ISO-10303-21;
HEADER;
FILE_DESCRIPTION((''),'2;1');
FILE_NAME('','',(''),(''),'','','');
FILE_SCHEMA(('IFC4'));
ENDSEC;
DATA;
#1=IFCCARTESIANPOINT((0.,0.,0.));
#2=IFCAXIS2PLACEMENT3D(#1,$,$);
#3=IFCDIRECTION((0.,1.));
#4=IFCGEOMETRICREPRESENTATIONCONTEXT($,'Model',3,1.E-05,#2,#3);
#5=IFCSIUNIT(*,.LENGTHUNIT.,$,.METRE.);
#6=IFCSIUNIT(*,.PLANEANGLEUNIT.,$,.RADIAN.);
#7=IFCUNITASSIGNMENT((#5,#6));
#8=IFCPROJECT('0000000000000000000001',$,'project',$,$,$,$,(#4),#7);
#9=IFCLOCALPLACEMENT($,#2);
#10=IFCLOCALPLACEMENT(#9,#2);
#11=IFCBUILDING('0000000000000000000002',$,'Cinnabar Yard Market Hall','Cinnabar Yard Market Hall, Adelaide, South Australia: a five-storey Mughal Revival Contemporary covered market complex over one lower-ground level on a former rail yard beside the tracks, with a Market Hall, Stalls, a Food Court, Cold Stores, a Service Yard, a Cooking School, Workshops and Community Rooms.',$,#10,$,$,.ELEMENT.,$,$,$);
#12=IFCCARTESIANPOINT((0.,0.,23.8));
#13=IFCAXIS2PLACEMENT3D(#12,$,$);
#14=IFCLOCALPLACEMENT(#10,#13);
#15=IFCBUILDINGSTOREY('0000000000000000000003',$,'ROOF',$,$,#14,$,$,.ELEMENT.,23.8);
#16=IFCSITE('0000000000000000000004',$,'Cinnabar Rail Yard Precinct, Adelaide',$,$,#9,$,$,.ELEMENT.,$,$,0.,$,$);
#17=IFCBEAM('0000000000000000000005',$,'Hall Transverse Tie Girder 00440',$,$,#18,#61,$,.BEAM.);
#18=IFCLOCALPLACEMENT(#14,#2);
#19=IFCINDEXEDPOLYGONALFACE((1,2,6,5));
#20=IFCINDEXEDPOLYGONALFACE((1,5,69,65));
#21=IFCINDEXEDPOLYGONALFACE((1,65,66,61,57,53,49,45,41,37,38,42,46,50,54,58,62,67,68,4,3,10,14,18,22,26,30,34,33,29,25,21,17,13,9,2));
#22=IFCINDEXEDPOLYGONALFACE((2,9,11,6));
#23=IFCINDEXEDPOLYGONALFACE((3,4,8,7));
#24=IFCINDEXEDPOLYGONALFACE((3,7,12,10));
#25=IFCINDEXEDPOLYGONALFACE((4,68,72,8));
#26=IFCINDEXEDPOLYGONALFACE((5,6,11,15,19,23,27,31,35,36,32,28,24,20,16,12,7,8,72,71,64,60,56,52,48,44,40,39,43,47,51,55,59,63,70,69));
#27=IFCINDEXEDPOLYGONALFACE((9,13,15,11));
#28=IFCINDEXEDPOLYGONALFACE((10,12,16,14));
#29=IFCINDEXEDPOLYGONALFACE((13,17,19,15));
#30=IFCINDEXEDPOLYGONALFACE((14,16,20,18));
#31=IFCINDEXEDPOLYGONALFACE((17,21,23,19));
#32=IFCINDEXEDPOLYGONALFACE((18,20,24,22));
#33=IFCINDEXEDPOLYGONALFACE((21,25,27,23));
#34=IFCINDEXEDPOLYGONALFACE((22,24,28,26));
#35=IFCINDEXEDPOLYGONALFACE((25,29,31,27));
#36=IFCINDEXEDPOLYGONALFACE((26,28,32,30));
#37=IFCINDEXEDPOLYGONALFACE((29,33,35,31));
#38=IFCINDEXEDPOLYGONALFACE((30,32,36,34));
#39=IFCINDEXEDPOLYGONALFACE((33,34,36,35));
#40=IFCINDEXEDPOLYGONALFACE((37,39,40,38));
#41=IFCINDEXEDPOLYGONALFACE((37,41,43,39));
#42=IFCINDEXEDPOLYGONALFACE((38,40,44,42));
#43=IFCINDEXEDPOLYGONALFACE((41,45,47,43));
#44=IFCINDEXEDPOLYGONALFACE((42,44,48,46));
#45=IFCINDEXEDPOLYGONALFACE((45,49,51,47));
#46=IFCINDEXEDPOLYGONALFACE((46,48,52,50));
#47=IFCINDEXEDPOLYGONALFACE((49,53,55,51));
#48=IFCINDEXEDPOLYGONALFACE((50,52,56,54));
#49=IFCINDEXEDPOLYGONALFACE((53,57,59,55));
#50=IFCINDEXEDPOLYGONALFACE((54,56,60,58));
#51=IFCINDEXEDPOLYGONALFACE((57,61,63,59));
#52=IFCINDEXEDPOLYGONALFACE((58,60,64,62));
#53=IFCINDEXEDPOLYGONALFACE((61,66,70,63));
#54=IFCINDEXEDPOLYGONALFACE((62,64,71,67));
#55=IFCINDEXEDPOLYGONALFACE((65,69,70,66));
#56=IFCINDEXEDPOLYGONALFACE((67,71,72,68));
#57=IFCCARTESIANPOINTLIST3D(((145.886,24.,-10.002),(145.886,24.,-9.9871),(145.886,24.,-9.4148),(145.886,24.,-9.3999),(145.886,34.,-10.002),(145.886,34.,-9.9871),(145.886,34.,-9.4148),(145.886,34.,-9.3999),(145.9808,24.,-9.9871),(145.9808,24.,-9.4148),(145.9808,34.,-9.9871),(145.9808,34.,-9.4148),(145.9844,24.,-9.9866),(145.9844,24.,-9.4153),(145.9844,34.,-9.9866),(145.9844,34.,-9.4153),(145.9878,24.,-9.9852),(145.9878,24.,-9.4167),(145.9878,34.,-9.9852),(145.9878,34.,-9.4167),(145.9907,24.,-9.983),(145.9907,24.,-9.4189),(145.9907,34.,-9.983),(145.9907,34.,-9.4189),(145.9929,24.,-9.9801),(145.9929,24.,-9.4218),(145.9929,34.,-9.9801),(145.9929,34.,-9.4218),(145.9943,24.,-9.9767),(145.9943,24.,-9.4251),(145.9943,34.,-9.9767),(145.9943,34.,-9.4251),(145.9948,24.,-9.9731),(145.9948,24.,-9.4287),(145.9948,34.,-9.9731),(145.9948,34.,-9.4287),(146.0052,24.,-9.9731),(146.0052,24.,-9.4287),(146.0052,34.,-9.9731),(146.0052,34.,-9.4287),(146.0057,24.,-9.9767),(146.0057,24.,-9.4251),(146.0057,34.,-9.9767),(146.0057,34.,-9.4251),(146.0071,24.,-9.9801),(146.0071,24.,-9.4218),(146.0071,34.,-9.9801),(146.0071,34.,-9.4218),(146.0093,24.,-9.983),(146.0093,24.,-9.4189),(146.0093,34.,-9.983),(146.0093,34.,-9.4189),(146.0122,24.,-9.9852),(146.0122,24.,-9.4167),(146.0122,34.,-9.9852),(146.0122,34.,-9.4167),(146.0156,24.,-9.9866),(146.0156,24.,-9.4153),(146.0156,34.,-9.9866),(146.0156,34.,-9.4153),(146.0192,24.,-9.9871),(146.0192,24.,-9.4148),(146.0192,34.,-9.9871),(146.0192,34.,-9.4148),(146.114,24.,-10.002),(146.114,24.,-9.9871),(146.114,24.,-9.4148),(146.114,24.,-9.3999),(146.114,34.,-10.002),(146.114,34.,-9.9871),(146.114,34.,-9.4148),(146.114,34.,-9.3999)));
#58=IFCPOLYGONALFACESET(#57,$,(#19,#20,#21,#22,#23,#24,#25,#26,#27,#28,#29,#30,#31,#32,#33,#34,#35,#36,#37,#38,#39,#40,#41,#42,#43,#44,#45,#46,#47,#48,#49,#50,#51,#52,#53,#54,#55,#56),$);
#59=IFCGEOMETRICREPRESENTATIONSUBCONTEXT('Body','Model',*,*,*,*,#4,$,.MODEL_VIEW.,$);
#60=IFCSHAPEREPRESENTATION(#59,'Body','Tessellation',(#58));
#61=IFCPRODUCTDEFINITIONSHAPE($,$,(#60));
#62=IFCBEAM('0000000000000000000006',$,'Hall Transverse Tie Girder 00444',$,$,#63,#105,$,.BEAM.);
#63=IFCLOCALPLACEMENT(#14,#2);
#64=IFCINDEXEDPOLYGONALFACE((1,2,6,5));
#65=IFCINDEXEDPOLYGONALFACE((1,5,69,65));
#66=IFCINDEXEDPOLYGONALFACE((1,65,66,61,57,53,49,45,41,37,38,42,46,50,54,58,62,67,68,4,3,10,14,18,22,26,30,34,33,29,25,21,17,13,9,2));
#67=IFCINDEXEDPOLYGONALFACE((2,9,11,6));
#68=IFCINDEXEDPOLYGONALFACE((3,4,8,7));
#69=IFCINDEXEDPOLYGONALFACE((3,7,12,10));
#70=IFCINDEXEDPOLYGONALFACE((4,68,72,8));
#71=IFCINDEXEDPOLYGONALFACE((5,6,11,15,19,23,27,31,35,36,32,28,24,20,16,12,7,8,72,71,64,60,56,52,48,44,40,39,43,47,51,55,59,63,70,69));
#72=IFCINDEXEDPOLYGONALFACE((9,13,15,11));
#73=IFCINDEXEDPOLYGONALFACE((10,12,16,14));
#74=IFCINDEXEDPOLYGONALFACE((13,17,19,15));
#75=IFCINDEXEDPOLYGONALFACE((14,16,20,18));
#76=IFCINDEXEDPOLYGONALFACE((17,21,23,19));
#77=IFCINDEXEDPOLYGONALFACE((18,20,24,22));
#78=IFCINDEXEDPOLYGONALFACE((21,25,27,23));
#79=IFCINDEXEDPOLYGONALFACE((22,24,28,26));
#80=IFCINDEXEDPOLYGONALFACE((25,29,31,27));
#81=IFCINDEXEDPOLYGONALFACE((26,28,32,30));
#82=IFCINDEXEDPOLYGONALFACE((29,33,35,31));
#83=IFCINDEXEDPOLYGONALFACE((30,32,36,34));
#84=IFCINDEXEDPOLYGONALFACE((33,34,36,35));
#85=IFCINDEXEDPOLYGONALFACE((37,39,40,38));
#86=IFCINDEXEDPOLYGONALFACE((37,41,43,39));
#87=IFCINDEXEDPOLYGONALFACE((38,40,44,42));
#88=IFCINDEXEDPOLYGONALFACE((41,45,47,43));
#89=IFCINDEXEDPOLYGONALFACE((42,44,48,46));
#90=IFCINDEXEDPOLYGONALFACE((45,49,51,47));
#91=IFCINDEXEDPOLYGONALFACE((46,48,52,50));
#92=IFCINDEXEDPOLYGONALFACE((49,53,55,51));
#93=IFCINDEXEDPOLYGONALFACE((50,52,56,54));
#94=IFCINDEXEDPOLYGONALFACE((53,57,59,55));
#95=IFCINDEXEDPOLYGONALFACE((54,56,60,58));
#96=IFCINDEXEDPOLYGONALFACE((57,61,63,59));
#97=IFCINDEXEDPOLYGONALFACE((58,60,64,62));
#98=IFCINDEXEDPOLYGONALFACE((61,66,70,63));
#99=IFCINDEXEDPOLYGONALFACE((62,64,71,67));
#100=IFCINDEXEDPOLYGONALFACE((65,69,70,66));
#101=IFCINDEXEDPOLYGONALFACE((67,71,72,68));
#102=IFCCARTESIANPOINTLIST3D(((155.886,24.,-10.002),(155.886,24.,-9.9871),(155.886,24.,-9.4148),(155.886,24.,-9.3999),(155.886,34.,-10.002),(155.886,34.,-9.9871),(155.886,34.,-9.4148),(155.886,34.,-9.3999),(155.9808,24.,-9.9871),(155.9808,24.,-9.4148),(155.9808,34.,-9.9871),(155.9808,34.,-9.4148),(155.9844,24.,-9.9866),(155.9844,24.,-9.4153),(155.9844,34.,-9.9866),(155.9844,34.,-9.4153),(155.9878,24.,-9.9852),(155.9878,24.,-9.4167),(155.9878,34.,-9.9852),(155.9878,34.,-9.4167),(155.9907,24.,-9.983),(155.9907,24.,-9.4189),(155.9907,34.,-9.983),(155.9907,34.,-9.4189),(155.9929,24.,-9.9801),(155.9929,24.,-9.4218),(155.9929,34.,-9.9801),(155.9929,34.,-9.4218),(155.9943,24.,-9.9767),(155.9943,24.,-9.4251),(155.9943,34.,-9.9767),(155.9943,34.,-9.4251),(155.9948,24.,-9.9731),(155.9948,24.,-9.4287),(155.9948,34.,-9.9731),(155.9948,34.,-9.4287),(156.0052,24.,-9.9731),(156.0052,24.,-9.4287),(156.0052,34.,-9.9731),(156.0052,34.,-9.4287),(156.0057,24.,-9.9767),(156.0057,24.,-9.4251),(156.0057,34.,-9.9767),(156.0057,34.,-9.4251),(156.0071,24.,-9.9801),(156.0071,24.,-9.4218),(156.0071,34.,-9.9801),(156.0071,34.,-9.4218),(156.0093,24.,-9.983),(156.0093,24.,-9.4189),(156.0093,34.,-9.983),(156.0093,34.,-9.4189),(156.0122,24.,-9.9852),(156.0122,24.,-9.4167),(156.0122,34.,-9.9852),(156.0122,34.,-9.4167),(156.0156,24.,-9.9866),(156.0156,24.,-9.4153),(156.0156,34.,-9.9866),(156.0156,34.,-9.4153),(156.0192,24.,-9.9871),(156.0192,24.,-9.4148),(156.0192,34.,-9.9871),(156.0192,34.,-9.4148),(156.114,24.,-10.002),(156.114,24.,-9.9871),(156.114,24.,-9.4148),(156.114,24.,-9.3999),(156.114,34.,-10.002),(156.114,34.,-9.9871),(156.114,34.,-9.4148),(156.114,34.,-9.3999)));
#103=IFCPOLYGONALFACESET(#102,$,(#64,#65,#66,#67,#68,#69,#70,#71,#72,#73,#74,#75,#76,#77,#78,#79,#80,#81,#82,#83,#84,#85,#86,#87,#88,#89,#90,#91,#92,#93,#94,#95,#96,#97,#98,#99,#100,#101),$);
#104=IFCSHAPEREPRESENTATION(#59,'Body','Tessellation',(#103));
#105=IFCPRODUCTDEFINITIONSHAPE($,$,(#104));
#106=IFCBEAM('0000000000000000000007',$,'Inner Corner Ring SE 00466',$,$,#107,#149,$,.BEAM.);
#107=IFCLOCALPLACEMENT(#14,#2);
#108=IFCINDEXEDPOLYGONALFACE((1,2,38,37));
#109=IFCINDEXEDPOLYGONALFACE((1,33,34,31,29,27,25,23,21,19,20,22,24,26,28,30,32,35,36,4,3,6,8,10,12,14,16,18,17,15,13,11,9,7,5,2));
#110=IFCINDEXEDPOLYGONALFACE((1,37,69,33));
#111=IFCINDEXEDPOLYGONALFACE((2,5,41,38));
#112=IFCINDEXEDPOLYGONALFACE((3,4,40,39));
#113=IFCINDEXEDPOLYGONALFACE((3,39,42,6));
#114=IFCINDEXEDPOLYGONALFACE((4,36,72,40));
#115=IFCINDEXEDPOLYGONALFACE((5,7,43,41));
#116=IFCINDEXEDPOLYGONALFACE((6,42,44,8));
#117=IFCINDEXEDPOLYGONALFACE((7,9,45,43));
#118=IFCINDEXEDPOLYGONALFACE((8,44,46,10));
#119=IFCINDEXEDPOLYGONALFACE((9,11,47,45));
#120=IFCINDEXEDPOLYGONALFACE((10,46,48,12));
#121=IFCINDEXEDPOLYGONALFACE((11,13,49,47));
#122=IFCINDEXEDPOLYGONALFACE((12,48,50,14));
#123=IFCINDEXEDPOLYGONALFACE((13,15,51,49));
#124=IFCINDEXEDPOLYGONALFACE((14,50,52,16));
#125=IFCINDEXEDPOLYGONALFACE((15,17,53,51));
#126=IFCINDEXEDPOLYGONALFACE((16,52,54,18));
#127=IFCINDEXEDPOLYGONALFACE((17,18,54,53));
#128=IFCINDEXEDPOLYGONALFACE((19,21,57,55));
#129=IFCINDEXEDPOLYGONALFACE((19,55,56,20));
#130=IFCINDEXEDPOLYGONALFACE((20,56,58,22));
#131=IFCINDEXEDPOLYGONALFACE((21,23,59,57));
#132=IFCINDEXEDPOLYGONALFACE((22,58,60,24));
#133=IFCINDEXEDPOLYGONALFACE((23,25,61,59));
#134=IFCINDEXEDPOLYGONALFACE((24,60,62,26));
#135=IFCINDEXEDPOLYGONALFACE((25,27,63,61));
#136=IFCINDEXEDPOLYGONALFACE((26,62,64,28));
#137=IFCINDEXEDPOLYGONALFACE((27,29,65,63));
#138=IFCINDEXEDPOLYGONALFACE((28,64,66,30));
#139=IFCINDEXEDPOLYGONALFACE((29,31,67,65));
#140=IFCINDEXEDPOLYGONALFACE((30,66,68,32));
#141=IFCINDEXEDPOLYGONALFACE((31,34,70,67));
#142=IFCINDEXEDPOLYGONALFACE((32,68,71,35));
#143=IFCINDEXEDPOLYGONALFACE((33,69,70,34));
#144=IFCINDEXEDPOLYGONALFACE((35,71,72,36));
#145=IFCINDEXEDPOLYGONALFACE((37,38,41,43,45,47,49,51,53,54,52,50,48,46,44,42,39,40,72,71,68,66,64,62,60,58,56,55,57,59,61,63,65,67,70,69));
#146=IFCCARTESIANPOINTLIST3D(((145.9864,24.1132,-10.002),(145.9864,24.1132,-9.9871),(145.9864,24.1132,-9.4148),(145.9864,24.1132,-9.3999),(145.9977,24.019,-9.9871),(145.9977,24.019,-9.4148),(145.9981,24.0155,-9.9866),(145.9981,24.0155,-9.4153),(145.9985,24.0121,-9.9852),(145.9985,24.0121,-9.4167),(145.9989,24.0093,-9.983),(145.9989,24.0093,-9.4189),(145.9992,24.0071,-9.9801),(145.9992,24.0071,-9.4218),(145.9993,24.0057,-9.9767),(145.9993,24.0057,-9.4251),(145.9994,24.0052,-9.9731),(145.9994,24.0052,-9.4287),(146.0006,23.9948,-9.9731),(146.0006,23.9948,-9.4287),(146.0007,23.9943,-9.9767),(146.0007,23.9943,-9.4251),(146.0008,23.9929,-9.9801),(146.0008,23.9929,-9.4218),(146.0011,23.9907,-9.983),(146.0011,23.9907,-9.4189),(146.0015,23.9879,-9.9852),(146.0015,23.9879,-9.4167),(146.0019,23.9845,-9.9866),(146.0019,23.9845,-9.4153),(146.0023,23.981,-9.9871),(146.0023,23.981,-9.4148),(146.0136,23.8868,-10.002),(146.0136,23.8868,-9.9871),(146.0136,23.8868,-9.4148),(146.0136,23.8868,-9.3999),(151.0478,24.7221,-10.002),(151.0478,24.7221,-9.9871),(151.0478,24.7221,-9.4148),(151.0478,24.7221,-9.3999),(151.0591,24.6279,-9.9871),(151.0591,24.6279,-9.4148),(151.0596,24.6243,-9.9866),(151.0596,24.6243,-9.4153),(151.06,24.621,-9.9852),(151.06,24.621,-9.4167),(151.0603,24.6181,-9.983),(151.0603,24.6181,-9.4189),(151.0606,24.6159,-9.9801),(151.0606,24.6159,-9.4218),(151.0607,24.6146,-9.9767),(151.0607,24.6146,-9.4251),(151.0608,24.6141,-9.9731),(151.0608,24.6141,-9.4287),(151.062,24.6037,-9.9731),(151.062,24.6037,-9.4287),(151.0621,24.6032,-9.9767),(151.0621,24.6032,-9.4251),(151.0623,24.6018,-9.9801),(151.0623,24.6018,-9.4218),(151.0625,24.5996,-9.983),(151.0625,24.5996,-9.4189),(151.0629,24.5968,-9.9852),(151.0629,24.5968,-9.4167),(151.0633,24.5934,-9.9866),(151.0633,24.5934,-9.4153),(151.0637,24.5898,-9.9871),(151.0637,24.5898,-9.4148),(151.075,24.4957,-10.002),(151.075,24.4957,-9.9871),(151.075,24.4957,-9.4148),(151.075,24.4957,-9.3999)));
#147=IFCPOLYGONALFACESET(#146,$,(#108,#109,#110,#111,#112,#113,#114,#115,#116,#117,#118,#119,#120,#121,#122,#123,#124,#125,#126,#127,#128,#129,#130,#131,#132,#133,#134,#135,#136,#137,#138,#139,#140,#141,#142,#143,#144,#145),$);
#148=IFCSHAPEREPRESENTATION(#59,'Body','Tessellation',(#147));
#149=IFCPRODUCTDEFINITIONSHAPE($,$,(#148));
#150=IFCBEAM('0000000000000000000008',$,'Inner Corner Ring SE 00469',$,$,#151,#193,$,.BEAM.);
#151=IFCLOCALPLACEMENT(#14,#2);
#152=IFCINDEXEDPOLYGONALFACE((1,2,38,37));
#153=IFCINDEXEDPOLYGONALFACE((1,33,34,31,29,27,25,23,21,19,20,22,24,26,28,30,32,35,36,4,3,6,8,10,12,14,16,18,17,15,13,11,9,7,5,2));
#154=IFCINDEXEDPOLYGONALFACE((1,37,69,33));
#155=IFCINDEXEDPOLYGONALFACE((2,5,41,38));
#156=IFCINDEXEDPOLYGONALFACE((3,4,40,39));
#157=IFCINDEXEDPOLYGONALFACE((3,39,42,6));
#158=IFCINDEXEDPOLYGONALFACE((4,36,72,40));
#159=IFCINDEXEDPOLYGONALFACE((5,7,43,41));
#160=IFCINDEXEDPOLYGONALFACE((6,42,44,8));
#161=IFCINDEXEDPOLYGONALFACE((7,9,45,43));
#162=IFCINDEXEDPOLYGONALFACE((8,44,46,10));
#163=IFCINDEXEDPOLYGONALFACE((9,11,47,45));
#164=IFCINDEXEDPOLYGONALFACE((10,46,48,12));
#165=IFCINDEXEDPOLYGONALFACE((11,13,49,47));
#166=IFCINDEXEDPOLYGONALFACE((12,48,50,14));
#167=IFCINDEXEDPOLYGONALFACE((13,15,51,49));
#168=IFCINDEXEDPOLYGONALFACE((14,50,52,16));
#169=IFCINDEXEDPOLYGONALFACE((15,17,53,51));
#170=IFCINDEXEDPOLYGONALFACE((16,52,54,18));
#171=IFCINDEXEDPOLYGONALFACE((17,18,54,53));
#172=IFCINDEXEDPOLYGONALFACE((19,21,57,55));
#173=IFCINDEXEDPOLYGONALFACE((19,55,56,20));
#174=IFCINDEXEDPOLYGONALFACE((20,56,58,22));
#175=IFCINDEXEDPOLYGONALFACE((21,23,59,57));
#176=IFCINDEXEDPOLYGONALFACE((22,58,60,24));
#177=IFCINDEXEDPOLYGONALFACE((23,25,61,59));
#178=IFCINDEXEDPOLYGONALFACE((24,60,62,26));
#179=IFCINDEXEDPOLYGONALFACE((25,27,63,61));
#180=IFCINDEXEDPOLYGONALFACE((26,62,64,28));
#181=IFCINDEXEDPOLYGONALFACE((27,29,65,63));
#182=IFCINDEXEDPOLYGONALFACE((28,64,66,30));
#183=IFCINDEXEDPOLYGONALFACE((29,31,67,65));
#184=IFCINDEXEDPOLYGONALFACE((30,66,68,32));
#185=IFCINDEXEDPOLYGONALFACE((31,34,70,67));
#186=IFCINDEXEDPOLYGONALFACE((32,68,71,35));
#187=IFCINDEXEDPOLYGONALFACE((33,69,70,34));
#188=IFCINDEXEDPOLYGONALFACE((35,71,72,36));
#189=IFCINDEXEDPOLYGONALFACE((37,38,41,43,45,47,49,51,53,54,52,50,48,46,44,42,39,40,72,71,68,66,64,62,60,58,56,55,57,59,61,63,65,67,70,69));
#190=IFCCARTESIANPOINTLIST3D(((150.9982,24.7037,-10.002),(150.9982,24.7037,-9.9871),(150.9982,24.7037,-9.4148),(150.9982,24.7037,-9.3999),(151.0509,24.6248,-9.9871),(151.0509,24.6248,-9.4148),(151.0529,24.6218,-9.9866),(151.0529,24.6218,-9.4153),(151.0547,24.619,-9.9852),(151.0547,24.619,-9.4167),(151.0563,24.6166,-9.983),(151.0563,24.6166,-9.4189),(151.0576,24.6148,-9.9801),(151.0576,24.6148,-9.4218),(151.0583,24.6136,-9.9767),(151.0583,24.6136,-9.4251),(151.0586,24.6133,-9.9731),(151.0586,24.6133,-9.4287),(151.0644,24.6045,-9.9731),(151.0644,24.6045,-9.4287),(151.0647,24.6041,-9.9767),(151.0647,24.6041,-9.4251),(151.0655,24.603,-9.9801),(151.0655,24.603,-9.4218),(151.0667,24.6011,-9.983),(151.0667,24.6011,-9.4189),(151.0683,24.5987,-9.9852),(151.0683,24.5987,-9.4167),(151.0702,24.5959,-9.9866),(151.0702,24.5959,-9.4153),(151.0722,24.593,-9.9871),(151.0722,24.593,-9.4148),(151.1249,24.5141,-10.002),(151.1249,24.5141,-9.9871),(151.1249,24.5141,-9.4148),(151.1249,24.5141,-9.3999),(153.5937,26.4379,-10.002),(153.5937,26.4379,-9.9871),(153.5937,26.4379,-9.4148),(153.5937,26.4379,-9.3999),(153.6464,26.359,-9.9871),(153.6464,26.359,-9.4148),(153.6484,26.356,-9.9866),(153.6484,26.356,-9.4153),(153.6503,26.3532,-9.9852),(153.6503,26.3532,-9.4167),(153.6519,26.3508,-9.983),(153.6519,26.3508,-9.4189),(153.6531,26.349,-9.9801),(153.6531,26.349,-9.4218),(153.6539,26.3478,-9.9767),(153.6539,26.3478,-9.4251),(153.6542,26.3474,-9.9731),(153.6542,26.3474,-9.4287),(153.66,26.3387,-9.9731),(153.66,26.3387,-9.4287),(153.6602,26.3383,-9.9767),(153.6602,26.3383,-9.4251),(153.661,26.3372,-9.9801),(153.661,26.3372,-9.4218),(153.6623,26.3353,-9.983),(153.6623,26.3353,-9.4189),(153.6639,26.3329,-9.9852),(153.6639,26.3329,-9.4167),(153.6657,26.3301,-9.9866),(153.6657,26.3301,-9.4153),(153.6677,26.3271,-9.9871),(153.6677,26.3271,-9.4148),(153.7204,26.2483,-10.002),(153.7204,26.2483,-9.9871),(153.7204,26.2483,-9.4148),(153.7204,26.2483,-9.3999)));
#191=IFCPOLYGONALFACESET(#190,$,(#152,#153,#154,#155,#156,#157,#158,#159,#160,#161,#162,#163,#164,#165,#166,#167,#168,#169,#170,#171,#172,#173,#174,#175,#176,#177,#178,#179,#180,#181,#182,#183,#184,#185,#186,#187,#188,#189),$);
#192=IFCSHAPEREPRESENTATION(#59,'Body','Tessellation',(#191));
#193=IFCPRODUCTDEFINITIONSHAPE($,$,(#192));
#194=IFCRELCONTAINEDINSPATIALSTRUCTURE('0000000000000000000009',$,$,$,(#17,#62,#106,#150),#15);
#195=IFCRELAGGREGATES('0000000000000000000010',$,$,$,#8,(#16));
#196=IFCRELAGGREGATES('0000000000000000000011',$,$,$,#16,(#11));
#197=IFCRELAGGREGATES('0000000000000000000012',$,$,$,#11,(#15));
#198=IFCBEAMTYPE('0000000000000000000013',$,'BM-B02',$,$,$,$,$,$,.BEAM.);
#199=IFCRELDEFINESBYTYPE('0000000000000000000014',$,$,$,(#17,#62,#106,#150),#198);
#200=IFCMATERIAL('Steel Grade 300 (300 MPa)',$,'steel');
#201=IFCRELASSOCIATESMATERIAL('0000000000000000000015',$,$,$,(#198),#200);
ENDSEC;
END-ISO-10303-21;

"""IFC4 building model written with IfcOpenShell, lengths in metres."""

from ifc_helpers import new_model, si_unit, direction, frame, origin, origin_2d_with_axis, place, context, subcontext, project, spatial, i_section, extrude, material, material_profile, profile_set, type_object, element, save


model = new_model("IFC4")

# Units and contexts
model_context = context("Model", 3, precision=1e-05, world=origin(), true_north=direction((0.0, 1.0)))
body_context = subcontext(model_context, "Body", "Model", "MODEL_VIEW")
ifc_project = project(units=[si_unit("LENGTHUNIT", "METRE"), si_unit("PLANEANGLEUNIT", "RADIAN")], contexts=[model_context])

# Site, building, storey
site_placement = place(None, origin())
site = spatial("IfcSite", under=ifc_project, at=site_placement, Name="Cinnabar Rail Yard Precinct, Adelaide", CompositionType="ELEMENT", RefElevation=0.0)
building_placement = place(site_placement, origin())
building = spatial("IfcBuilding", under=site, at=building_placement, Name="Cinnabar Yard Market Hall", Description="Cinnabar Yard Market Hall, Adelaide, South Australia: a five-storey Mughal Revival Contemporary covered market complex over one lower-ground level on a former rail yard beside the tracks, with a Market Hall, Stalls, a Food Court, Cold Stores, a Service Yard, a Cooking School, Workshops and Community Rooms.", CompositionType="ELEMENT")
storey_placement = place(building_placement, frame((0.0, 0.0, 23.8)))
storey = spatial("IfcBuildingStorey", under=building, at=storey_placement, Name="ROOF", CompositionType="ELEMENT", Elevation=23.8)

# Beams
ifc_material_1 = material(Name="Steel Grade 300 (300 MPa)", Category="steel")
ifc_material_profile_1 = material_profile(ifc_material_1, i_section(OverallWidth=0.228, OverallDepth=0.6021, WebThickness=0.0105, FlangeThickness=0.0149, FilletRadius=0.0139, at=origin_2d_with_axis()), Name="610UB101")
ifc_profile_set_1 = profile_set([ifc_material_profile_1], Name="Steel Grade 300 (300 MPa)")
beam_type_1 = type_object("IfcBeamType", Name="BM-B02", PredefinedType="BEAM", material=ifc_profile_set_1)
for number, where, z_axis, x_axis, name in (
    (1, (146.0, 24.0, -9.7009), (0.0, 1.0, 0.0), (-1.0, 0.0, 0.0), "Hall Transverse Tie Girder 00440"),
    (2, (156.0, 24.0, -9.7009), (0.0, 1.0, 0.0), (-1.0, 0.0, 0.0), "Hall Transverse Tie Girder 00444"),
):
    element("IfcBeam", number, at=place(storey_placement, frame(where, z_axis=z_axis, x_axis=x_axis)), inside=storey, type_object=beam_type_1, Name=name, PredefinedType="BEAM", context=body_context, shape_type="SweptSolid", body=[
        extrude(i_section(OverallWidth=0.228, OverallDepth=0.6021, WebThickness=0.0105, FlangeThickness=0.0149, FilletRadius=0.0139, at=origin_2d_with_axis()), origin(), (0.0, 0.0, 1.0), 10.0),
    ])
beam_1_placement = place(storey_placement, frame((146.0, 24.0, -9.7009), z_axis=(0.992842, 0.119436, 0.0), x_axis=(-0.119436, 0.992842, 0.0)))
element("IfcBeam", 3, at=beam_1_placement, inside=storey, type_object=beam_type_1, Name="Inner Corner Ring SE 00466", PredefinedType="BEAM", context=body_context, shape_type="SweptSolid", body=[
    extrude(i_section(OverallWidth=0.228, OverallDepth=0.6021, WebThickness=0.0105, FlangeThickness=0.0149, FilletRadius=0.0139, at=origin_2d_with_axis()), origin(), (0.0, 0.0, 1.0), 5.0979),
])
beam_2_placement = place(storey_placement, frame((151.0615, 24.6089, -9.7009), z_axis=(0.831484, 0.555548, 0.0), x_axis=(-0.555548, 0.831484, 0.0)))
element("IfcBeam", 4, at=beam_2_placement, inside=storey, type_object=beam_type_1, Name="Inner Corner Ring SE 00469", PredefinedType="BEAM", context=body_context, shape_type="SweptSolid", body=[
    extrude(i_section(OverallWidth=0.228, OverallDepth=0.6021, WebThickness=0.0105, FlangeThickness=0.0149, FilletRadius=0.0139, at=origin_2d_with_axis()), origin(), (0.0, 0.0, 1.0), 3.1216),
])

save(model, "model.ifc")
